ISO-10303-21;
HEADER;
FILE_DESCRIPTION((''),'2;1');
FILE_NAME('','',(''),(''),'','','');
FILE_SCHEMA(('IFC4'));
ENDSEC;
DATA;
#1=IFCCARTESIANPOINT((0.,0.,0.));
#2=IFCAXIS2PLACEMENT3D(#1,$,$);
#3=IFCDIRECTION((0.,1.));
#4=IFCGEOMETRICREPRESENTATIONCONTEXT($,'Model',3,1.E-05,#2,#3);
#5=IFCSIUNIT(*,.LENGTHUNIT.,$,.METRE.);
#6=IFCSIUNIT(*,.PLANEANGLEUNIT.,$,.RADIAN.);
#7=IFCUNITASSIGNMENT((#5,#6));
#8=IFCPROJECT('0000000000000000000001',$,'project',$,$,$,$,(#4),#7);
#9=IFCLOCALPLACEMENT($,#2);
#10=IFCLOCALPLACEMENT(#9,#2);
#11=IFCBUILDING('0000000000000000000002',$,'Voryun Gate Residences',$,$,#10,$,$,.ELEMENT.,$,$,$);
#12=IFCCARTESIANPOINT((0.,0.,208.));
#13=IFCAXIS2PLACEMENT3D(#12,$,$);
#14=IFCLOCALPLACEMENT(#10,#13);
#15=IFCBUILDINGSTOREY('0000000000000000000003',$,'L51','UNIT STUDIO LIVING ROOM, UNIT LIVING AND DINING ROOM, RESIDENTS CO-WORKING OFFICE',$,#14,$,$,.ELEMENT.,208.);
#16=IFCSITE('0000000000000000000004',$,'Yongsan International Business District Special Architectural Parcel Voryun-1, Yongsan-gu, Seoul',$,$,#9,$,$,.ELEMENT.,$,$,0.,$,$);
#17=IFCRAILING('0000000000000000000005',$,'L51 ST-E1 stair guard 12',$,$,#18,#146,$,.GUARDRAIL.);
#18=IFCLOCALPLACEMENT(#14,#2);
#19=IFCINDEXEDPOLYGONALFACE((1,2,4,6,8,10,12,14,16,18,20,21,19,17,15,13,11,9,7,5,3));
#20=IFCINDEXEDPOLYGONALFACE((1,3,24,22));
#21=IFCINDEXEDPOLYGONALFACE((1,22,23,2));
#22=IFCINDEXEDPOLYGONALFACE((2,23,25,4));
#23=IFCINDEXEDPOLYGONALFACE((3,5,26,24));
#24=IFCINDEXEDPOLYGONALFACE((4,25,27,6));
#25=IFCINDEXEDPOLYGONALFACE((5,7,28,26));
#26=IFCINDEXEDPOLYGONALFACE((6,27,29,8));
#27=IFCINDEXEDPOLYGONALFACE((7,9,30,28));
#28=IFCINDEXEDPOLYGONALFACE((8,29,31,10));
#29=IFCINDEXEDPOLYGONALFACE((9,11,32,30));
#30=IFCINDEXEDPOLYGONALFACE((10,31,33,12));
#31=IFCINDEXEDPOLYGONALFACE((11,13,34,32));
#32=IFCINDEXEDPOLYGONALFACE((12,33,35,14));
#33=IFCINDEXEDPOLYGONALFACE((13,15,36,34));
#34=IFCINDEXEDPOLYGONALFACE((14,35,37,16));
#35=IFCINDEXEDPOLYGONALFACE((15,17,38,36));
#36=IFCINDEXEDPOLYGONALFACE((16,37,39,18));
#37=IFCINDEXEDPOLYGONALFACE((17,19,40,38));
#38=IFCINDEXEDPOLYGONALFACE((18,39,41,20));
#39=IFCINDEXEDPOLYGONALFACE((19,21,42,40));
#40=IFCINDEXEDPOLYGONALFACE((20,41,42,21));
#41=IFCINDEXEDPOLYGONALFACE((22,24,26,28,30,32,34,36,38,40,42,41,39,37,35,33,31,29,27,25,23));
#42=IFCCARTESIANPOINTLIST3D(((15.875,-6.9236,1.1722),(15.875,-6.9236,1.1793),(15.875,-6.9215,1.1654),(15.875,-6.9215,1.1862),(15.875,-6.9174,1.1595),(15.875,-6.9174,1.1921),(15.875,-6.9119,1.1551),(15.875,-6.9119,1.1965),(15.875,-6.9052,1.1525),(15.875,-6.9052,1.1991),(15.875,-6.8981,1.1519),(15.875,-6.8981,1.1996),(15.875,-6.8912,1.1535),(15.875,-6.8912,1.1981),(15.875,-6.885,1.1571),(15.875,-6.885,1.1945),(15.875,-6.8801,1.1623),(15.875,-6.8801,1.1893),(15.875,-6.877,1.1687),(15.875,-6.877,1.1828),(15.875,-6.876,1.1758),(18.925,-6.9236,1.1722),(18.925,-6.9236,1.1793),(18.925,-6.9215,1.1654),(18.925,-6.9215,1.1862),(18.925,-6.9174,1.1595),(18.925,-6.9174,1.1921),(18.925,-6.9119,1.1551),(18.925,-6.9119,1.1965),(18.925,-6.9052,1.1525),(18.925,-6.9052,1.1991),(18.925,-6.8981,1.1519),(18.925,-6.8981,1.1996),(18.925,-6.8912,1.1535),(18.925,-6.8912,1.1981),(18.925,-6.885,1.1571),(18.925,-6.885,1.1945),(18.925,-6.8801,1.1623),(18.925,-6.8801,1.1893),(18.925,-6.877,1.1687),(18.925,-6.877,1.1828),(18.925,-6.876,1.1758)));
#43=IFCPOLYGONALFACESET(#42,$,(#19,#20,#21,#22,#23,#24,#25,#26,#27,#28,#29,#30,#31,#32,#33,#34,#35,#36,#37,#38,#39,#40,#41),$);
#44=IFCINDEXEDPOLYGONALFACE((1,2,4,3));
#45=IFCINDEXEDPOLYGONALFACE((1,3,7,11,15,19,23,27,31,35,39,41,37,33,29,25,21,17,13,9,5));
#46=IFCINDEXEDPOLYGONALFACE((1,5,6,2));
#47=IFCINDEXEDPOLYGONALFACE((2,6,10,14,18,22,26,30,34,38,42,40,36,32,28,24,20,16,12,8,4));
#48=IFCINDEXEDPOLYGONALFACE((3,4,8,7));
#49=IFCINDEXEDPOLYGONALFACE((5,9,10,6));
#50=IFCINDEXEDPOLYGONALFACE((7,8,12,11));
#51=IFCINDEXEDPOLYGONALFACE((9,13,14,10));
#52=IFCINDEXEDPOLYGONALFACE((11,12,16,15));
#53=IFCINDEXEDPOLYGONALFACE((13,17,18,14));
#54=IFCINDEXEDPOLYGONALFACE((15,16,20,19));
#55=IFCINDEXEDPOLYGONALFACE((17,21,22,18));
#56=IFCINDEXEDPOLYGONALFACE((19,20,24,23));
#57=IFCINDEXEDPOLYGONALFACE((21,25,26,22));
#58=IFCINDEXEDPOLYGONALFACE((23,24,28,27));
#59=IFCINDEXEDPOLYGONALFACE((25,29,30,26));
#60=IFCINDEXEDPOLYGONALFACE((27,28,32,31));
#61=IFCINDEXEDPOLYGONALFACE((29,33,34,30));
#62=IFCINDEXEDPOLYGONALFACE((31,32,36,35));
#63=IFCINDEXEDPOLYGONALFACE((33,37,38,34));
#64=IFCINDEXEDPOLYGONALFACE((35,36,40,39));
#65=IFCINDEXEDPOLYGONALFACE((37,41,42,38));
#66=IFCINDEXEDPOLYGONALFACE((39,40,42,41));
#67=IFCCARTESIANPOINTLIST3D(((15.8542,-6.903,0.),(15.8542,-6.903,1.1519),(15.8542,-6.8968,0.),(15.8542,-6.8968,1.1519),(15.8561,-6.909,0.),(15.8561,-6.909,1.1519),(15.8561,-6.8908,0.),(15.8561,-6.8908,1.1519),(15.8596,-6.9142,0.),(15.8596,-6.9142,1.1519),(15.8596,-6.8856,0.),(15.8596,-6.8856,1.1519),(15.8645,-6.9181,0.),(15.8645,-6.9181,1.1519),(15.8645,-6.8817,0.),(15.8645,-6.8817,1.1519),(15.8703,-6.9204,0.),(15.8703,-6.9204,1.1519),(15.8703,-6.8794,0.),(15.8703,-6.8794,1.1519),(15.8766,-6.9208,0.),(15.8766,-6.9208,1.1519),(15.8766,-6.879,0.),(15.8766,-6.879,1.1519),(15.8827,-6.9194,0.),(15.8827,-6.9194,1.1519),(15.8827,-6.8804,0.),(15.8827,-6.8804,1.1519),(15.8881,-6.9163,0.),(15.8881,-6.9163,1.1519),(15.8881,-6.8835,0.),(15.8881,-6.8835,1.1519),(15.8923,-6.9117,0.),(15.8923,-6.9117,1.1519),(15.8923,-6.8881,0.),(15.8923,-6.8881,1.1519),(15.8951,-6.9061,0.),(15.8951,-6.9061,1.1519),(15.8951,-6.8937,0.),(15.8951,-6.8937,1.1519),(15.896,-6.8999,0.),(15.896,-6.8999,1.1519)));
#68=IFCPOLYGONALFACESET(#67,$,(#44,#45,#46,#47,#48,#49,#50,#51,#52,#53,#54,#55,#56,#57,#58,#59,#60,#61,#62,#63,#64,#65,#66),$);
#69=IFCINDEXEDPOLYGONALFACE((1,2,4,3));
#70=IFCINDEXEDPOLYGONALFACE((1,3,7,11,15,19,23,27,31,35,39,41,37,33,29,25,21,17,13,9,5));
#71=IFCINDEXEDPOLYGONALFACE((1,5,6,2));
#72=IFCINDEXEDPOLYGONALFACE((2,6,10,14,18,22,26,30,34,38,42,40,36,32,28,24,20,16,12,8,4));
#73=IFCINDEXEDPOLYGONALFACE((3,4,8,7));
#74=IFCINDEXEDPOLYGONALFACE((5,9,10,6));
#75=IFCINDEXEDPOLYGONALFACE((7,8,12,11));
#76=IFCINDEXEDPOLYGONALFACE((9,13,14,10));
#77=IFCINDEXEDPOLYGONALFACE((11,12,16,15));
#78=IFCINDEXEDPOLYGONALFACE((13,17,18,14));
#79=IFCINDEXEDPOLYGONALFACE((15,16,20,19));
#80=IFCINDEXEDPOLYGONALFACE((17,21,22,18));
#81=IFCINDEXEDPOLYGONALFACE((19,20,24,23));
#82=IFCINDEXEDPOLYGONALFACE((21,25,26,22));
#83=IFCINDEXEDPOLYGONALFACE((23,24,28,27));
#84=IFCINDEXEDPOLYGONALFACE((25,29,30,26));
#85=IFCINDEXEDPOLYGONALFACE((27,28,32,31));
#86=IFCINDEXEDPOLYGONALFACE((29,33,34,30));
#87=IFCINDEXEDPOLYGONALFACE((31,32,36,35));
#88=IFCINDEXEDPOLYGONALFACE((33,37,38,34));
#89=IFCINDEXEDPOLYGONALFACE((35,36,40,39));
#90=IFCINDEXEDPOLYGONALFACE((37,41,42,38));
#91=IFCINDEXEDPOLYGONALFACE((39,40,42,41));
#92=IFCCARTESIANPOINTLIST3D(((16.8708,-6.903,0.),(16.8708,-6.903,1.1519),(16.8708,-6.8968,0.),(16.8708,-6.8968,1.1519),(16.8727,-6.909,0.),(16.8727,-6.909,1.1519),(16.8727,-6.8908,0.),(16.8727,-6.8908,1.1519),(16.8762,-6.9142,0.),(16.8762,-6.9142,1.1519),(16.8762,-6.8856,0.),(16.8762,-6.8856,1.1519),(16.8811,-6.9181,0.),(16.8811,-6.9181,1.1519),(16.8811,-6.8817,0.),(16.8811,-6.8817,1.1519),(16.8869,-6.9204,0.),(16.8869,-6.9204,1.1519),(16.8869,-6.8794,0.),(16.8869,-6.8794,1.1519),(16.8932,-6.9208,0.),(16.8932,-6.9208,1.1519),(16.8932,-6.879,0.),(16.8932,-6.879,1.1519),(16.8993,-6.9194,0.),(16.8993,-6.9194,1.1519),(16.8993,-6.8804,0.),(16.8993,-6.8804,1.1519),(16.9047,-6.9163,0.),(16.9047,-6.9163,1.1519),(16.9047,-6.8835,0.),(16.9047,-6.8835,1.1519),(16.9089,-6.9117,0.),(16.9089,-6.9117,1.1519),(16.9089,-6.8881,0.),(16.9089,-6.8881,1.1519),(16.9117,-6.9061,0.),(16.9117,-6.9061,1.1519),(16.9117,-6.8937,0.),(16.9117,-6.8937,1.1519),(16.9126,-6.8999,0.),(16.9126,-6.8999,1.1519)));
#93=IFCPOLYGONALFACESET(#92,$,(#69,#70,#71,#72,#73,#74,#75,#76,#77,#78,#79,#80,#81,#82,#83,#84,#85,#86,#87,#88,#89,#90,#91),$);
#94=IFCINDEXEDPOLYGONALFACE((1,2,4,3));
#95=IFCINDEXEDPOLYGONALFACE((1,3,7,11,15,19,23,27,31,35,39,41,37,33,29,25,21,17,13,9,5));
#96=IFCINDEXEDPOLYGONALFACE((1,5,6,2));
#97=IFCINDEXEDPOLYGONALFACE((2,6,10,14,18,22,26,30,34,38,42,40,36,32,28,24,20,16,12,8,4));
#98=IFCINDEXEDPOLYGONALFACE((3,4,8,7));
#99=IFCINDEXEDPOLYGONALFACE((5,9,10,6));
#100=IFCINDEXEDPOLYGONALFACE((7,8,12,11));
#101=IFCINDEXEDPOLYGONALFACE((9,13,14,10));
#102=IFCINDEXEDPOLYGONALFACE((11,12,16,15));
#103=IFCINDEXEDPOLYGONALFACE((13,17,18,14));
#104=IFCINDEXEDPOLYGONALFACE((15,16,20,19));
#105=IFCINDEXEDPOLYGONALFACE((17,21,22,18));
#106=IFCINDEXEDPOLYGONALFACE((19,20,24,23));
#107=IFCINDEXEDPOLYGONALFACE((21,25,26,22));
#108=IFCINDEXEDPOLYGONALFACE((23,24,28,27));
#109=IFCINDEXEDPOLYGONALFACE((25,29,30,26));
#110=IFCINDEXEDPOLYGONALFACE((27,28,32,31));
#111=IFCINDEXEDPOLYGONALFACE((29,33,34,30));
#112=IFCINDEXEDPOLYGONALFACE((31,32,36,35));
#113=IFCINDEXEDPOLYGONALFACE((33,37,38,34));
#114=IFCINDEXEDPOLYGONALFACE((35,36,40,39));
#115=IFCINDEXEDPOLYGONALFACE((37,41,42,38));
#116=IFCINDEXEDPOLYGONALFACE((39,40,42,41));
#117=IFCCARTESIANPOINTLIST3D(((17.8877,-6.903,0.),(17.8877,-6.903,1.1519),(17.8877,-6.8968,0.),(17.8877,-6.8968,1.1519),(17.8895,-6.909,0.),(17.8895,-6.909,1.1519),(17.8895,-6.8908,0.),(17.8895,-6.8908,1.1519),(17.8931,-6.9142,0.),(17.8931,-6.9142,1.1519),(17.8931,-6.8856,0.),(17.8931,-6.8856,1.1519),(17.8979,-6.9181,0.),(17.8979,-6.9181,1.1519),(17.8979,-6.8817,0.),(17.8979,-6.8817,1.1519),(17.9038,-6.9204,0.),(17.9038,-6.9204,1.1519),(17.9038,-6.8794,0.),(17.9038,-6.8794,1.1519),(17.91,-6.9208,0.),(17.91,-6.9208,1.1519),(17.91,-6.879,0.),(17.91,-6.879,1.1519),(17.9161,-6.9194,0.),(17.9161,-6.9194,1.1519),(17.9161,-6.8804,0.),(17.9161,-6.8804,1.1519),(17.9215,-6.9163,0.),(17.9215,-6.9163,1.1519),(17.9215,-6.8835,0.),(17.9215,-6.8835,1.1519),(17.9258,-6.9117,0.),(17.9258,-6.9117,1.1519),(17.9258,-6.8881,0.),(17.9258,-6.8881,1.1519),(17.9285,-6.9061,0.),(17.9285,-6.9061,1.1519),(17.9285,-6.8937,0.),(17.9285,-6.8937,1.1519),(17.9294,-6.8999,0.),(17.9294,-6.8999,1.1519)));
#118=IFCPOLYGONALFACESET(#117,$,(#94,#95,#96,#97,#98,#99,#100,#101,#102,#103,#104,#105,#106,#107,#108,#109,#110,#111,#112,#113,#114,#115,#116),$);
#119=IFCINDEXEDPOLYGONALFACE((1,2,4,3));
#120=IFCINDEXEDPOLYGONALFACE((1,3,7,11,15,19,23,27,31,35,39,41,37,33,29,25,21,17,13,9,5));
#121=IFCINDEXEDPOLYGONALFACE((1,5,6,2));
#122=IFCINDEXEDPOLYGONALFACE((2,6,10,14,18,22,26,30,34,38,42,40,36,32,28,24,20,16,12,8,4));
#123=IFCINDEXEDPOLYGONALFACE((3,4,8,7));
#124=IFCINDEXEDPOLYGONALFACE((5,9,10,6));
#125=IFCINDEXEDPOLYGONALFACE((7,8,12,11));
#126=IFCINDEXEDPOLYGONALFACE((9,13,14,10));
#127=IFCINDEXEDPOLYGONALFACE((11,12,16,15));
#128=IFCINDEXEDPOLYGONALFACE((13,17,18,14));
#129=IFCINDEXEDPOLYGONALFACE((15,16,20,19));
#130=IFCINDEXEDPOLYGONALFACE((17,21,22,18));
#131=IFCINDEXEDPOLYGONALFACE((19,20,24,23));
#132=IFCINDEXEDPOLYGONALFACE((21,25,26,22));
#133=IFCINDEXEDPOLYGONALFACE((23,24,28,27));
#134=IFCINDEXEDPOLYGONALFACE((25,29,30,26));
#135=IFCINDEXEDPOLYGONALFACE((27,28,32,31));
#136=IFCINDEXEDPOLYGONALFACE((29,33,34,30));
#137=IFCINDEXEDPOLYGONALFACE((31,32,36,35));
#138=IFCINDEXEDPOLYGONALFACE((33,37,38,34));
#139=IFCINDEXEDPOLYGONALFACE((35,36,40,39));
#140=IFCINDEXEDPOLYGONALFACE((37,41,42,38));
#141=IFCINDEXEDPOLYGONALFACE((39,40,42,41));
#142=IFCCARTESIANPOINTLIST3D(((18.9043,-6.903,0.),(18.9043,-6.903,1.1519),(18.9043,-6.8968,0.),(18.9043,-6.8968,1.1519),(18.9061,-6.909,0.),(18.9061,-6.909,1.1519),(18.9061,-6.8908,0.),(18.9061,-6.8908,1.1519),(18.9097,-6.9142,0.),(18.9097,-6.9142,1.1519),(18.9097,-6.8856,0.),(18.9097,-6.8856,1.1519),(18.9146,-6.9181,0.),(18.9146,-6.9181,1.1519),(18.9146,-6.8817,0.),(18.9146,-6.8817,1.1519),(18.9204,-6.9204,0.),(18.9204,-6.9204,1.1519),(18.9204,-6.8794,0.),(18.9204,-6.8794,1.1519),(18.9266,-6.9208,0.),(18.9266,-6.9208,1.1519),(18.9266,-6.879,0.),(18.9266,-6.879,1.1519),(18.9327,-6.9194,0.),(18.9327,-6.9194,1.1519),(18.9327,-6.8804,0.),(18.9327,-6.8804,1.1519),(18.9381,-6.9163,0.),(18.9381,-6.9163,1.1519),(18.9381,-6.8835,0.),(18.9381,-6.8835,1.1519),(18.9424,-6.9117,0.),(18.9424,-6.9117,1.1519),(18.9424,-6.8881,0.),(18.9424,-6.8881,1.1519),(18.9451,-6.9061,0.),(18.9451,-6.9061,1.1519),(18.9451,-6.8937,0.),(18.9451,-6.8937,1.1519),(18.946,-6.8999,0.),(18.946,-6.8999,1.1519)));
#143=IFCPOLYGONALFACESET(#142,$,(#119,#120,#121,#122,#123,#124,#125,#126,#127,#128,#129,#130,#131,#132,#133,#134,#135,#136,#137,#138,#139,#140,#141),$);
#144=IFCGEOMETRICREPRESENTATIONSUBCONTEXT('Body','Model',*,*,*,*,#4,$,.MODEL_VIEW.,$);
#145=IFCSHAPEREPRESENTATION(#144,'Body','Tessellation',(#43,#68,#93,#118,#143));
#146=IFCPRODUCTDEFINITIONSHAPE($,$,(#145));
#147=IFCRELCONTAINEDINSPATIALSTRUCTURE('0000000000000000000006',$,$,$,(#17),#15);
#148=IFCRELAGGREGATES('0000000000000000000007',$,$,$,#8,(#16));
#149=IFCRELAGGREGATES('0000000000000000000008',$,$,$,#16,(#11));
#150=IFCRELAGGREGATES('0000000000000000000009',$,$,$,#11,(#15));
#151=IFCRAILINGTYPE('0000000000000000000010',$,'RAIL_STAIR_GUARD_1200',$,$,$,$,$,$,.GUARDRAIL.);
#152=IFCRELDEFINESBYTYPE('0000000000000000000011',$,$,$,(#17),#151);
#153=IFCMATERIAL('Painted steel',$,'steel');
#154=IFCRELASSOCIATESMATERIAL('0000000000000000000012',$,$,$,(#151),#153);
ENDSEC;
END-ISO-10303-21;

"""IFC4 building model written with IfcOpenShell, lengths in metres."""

from ifc_helpers import new_model, si_unit, direction, frame, origin, origin_2d, place, context, subcontext, project, spatial, circle, extrude, material, type_object, element, save


model = new_model("IFC4")

# Units and contexts
model_context = context("Model", 3, precision=1e-05, world=origin(), true_north=direction((0.0, 1.0)))
body_context = subcontext(model_context, "Body", "Model", "MODEL_VIEW")
ifc_project = project(units=[si_unit("LENGTHUNIT", "METRE"), si_unit("PLANEANGLEUNIT", "RADIAN")], contexts=[model_context])

# Site, building, storey
site_placement = place(None, origin())
site = spatial("IfcSite", under=ifc_project, at=site_placement, Name="Yongsan International Business District Special Architectural Parcel Voryun-1, Yongsan-gu, Seoul", CompositionType="ELEMENT", RefElevation=0.0)
building_placement = place(site_placement, origin())
building = spatial("IfcBuilding", under=site, at=building_placement, Name="Voryun Gate Residences", CompositionType="ELEMENT")
storey_placement = place(building_placement, frame((0.0, 0.0, 208.0)))
storey = spatial("IfcBuildingStorey", under=building, at=storey_placement, Name="L51", Description="UNIT STUDIO LIVING ROOM, UNIT LIVING AND DINING ROOM, RESIDENTS CO-WORKING OFFICE", CompositionType="ELEMENT", Elevation=208.0)

# Railing
ifc_material_1 = material(Name="Painted steel", Category="steel")
railing_type_1 = type_object("IfcRailingType", Name="RAIL_STAIR_GUARD_1200", PredefinedType="GUARDRAIL", material=ifc_material_1)
railing_1_placement = place(storey_placement, frame((15.875, -6.8999, 0.0)))
element("IfcRailing", 1, at=railing_1_placement, inside=storey, type_object=railing_type_1, Name="L51 ST-E1 stair guard 12", PredefinedType="GUARDRAIL", context=body_context, shape_type="SweptSolid", body=[
    extrude(circle(Radius=0.0239, at=origin_2d()), frame((0.0, 0.0, 1.1758), z_axis=(1.0, 0.0, 0.0), x_axis=(0.0, 1.0, 0.0)), (0.0, 0.0, 1.0), 3.05),
    extrude(circle(Radius=0.021, at=origin_2d()), origin(), (0.0, 0.0, 1.0), 1.1519),
    extrude(circle(Radius=0.021, at=origin_2d()), frame((1.0166, 0.0, 0.0)), (0.0, 0.0, 1.0), 1.1519),
    extrude(circle(Radius=0.021, at=origin_2d()), frame((2.0334, 0.0, 0.0)), (0.0, 0.0, 1.0), 1.1519),
    extrude(circle(Radius=0.021, at=origin_2d()), frame((3.05, 0.0, 0.0)), (0.0, 0.0, 1.0), 1.1519),
])

save(model, "model.ifc")
